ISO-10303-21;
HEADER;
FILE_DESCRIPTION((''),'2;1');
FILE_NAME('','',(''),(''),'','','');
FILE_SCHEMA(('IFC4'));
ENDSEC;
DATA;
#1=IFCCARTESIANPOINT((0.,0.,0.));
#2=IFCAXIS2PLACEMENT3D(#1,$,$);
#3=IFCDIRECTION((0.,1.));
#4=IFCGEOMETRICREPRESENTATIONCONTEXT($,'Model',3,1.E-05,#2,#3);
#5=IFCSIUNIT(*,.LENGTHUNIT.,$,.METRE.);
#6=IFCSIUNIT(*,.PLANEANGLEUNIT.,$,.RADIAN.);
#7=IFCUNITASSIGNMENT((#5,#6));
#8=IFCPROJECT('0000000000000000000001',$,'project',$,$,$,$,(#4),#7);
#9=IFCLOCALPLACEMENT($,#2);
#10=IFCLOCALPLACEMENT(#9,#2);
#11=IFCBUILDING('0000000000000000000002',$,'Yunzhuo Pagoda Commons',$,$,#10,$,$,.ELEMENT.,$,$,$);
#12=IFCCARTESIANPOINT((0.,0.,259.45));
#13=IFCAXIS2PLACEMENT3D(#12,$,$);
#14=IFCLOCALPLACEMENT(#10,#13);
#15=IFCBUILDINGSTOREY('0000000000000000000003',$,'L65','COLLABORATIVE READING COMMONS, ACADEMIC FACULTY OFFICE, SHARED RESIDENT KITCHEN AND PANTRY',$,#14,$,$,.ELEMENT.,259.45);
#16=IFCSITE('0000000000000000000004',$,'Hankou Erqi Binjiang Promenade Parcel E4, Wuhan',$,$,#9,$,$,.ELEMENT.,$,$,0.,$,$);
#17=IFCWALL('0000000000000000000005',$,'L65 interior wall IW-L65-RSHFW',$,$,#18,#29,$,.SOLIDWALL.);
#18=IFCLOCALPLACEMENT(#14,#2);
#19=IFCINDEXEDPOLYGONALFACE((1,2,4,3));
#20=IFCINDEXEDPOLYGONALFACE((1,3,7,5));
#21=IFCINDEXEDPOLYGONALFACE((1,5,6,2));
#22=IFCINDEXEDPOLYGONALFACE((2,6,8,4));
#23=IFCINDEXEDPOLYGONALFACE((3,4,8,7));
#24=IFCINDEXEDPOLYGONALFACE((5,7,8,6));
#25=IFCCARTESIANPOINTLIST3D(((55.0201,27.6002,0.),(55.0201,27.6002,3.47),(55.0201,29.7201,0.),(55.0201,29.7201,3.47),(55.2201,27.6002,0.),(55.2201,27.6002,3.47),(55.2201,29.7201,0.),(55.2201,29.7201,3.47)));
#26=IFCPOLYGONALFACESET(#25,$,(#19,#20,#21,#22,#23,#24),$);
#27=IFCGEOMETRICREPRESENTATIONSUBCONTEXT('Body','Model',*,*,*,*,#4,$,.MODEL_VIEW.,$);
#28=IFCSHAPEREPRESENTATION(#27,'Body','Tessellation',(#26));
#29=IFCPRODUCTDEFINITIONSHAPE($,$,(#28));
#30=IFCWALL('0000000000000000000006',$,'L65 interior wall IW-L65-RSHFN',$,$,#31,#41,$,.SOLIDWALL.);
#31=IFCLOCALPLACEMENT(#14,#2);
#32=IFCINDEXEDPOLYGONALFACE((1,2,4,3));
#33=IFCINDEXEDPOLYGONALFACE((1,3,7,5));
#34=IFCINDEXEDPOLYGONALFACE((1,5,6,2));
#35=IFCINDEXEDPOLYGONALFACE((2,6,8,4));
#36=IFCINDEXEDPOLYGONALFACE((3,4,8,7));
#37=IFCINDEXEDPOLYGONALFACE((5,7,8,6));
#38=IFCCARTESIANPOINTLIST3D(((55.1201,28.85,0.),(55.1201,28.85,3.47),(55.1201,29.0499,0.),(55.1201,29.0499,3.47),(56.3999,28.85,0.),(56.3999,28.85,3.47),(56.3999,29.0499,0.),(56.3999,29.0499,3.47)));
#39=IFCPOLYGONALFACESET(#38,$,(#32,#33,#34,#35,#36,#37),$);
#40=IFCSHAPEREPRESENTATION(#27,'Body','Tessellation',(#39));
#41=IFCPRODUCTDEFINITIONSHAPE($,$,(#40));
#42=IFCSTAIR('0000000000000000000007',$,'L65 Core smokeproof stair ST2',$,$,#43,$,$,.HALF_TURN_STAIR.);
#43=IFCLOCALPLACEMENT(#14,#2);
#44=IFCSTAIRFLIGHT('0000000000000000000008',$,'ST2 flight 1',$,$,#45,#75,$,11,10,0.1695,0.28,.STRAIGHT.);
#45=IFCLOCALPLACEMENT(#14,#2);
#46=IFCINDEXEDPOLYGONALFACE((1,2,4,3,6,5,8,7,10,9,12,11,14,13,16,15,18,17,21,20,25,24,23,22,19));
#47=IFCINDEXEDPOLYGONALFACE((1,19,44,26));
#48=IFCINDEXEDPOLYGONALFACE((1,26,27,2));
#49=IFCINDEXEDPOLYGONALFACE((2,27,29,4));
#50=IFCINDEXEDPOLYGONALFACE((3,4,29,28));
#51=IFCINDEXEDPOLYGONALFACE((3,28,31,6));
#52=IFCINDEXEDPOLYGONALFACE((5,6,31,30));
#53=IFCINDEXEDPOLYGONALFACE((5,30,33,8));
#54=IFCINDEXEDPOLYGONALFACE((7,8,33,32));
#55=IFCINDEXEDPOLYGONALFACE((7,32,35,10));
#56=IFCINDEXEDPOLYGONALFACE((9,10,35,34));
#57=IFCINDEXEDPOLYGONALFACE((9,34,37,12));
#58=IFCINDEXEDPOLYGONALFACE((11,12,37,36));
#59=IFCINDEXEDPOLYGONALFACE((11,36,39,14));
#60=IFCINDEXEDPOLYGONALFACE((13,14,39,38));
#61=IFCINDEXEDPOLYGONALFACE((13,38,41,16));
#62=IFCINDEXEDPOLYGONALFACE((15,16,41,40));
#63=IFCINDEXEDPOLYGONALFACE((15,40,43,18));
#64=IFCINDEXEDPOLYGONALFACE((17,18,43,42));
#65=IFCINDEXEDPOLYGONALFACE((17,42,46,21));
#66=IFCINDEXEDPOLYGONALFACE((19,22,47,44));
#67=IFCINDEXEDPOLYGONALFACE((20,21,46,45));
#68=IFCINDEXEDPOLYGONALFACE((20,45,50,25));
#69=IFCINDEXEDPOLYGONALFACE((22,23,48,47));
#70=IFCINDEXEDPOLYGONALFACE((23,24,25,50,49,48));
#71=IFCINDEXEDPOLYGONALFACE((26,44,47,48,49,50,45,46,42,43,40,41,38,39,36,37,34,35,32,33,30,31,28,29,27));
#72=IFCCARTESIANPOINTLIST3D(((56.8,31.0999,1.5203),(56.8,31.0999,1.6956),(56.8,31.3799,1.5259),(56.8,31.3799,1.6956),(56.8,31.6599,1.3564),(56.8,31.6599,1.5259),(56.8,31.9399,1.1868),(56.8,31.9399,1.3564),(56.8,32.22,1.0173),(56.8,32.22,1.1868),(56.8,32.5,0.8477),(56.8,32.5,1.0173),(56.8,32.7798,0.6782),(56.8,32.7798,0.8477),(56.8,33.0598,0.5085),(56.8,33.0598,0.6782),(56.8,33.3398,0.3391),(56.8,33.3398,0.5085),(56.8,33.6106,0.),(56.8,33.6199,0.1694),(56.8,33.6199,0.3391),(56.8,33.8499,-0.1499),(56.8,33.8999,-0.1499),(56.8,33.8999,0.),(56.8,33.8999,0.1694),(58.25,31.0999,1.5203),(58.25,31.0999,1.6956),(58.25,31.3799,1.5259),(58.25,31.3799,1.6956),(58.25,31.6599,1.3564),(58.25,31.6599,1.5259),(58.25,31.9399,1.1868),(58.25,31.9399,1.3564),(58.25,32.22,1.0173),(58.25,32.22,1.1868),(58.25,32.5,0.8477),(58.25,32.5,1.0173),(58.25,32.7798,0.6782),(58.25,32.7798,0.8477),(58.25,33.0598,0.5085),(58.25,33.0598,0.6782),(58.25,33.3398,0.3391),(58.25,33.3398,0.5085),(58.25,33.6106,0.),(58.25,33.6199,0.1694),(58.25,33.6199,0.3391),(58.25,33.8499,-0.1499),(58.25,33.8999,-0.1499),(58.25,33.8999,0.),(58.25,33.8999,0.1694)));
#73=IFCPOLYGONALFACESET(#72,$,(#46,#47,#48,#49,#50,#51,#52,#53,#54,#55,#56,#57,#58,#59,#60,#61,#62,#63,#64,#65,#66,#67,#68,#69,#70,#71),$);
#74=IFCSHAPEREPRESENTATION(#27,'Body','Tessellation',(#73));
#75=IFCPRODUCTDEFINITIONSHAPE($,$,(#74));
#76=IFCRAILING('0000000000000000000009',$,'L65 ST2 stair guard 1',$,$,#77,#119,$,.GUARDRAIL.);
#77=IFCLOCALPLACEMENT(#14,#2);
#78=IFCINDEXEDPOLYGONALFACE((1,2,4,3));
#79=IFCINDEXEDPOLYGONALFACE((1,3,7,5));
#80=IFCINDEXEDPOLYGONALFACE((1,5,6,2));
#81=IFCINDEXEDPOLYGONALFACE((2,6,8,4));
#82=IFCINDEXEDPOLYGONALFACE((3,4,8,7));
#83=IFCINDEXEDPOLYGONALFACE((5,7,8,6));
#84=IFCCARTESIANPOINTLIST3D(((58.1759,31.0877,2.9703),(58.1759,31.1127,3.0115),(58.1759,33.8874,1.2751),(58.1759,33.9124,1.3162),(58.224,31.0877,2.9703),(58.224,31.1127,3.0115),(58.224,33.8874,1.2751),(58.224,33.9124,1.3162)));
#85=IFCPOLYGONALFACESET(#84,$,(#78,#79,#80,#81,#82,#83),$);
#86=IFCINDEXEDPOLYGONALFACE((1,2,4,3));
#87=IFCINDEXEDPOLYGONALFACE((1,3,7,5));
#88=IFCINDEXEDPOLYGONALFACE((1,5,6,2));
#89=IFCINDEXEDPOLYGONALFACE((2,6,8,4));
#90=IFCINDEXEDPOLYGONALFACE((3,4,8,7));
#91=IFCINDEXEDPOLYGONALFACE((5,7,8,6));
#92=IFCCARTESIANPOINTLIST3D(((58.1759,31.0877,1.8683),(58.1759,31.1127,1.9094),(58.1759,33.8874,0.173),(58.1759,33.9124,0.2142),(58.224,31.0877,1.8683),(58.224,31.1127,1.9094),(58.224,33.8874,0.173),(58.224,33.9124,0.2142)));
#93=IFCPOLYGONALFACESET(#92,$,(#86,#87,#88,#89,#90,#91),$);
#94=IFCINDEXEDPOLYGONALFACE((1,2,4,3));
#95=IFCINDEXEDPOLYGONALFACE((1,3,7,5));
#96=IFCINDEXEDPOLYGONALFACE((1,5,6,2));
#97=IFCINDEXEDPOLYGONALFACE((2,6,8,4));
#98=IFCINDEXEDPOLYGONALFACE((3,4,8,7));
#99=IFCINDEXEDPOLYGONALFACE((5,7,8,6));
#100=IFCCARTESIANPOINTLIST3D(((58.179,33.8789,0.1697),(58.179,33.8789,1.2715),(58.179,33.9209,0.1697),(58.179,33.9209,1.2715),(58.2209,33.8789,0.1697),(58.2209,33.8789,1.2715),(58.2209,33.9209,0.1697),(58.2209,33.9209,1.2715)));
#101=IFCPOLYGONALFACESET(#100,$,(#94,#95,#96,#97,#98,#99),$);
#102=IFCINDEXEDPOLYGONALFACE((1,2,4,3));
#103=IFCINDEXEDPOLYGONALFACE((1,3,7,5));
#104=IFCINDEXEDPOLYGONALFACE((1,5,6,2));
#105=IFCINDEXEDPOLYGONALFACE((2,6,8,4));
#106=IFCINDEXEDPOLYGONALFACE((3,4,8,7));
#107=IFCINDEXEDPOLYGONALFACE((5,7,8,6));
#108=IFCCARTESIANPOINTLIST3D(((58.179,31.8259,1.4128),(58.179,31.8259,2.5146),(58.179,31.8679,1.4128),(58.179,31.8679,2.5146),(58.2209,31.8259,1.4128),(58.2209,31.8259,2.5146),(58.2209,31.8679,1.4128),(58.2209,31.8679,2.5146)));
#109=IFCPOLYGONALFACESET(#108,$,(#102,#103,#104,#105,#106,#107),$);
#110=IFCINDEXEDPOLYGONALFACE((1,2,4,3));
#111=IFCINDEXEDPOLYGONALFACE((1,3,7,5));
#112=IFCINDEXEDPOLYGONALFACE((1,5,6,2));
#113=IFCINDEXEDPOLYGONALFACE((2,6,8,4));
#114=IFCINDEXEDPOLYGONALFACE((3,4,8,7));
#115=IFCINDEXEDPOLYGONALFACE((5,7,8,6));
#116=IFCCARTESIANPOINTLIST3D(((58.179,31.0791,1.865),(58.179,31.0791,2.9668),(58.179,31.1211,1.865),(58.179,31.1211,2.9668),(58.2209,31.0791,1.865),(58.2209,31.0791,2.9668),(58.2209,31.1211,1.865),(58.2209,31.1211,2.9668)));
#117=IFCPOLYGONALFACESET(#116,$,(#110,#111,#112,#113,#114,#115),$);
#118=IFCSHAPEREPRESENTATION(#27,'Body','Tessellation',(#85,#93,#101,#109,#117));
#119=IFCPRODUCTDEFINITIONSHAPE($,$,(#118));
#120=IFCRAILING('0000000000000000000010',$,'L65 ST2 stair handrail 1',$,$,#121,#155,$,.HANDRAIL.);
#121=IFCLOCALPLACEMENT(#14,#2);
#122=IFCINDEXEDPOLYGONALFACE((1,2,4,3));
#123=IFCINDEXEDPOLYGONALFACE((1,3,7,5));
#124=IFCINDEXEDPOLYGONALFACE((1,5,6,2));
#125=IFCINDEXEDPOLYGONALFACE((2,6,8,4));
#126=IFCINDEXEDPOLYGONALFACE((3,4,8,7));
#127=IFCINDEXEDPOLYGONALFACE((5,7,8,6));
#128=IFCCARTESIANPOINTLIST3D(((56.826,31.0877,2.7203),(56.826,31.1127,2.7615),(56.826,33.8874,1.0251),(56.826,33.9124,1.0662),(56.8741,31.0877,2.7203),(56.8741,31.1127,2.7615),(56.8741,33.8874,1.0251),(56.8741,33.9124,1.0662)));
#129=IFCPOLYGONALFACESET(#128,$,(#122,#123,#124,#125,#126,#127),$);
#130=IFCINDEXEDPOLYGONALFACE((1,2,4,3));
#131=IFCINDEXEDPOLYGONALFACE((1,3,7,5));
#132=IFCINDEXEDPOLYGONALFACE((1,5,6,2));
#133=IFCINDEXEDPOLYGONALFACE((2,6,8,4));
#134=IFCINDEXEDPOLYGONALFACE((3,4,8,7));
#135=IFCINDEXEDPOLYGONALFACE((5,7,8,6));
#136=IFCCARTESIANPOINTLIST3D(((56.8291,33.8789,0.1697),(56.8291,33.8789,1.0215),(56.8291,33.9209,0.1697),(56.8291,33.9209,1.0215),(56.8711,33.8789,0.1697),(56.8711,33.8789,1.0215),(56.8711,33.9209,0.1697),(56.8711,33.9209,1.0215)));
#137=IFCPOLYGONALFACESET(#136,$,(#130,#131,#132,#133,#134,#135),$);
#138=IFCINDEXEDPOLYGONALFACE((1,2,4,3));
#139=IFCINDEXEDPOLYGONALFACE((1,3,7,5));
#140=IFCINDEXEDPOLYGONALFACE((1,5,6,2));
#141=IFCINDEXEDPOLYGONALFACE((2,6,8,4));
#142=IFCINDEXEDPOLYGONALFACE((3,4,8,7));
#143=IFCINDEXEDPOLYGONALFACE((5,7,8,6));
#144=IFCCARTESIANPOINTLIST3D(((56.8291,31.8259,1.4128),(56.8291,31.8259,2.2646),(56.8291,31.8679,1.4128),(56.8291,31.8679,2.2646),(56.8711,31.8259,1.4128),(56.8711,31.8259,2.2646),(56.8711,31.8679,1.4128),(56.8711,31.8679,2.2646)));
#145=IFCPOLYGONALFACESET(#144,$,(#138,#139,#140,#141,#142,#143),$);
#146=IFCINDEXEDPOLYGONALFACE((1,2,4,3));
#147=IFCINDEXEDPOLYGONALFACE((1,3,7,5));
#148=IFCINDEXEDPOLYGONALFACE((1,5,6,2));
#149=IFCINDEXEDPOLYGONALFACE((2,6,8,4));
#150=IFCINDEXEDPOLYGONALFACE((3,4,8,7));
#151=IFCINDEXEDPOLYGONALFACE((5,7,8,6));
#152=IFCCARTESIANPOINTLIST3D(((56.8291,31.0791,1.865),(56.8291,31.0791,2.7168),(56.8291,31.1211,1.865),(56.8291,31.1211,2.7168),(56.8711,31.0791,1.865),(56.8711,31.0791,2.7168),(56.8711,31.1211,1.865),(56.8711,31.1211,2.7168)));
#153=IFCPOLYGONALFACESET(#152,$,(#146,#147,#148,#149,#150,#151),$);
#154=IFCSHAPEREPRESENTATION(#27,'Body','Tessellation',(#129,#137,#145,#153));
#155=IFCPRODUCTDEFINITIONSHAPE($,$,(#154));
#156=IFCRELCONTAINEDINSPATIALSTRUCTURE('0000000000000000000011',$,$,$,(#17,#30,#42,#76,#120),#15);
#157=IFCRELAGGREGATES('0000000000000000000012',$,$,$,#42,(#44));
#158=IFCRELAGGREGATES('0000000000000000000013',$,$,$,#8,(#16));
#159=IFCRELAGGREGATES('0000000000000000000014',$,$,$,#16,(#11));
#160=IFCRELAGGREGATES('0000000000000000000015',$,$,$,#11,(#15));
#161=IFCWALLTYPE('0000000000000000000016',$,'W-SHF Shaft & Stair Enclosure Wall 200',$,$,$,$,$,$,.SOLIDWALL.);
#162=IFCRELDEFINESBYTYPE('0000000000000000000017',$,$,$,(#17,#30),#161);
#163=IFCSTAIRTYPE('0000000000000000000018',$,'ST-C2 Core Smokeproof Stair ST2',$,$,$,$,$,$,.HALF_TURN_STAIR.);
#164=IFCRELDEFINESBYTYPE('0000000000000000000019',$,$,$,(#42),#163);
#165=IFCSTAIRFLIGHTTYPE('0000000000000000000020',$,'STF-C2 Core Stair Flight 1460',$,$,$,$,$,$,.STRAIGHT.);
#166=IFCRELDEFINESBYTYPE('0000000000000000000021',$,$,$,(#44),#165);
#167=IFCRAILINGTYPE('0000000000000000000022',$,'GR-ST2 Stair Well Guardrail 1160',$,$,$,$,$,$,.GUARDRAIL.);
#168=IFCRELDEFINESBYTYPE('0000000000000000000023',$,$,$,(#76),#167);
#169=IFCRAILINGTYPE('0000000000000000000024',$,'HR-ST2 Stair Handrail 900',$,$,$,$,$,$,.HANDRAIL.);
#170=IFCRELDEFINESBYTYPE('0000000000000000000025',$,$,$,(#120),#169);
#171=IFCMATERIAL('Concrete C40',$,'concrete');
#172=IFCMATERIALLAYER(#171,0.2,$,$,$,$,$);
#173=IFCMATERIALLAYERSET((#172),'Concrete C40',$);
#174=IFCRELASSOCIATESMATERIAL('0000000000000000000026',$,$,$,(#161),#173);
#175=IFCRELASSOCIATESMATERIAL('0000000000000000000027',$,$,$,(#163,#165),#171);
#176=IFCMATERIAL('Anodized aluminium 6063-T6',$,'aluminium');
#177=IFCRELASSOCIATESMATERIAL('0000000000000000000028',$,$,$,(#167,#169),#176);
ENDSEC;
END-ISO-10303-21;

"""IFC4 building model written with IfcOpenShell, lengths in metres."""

from ifc_helpers import new_model, si_unit, direction, frame, frame_2d, origin, origin_2d, place, context, subcontext, project, spatial, polyline, rectangle, outline, extrude, source, transform, mapped, material, layer, layer_set, type_object, element, aggregate, save


model = new_model("IFC4")

# Units and contexts
model_context = context("Model", 3, precision=1e-05, world=origin(), true_north=direction((0.0, 1.0)))
body_context = subcontext(model_context, "Body", "Model", "MODEL_VIEW")
ifc_project = project(units=[si_unit("LENGTHUNIT", "METRE"), si_unit("PLANEANGLEUNIT", "RADIAN")], contexts=[model_context])

# Site, building, storey
site_placement = place(None, origin())
site = spatial("IfcSite", under=ifc_project, at=site_placement, Name="Hankou Erqi Binjiang Promenade Parcel E4, Wuhan", CompositionType="ELEMENT", RefElevation=0.0)
building_placement = place(site_placement, origin())
building = spatial("IfcBuilding", under=site, at=building_placement, Name="Yunzhuo Pagoda Commons", CompositionType="ELEMENT")
storey_placement = place(building_placement, frame((0.0, 0.0, 259.45)))
storey = spatial("IfcBuildingStorey", under=building, at=storey_placement, Name="L65", Description="COLLABORATIVE READING COMMONS, ACADEMIC FACULTY OFFICE, SHARED RESIDENT KITCHEN AND PANTRY", CompositionType="ELEMENT", Elevation=259.45)

# Shared definitions
ifc_material_1 = material(Name="Concrete C40", Category="concrete")
ifc_layer_1 = layer(ifc_material_1, 0.2)
ifc_layer_set_1 = layer_set([ifc_layer_1], Name="Concrete C40")
wall_type_1 = type_object("IfcWallType", Name="W-SHF Shaft & Stair Enclosure Wall 200", PredefinedType="SOLIDWALL", material=ifc_layer_set_1)

# Walls
for number, where, z_axis, x_axis, name in (
    (1, (55.1201, 27.6001, 0.0), (0.0, 0.0, 1.0), (0.0, 1.0, 0.0), "L65 interior wall IW-L65-RSHFW"),
):
    element("IfcWall", number, at=place(storey_placement, frame(where, z_axis=z_axis, x_axis=x_axis)), inside=storey, type_object=wall_type_1, Name=name, PredefinedType="SOLIDWALL", context=body_context, shape_type="SweptSolid", body=[
        extrude(rectangle(XDim=2.1199, YDim=0.2, at=frame_2d((1.0601, 0.0))), origin(), (0.0, 0.0, 1.0), 3.47),
    ])
wall_1_placement = place(storey_placement, frame((55.1201, 28.95, 0.0), z_axis=(0.0, 0.0, 1.0), x_axis=(1.0, 0.0, 0.0)))
element("IfcWall", 2, at=wall_1_placement, inside=storey, type_object=wall_type_1, Name="L65 interior wall IW-L65-RSHFN", PredefinedType="SOLIDWALL", context=body_context, shape_type="SweptSolid", body=[
    extrude(rectangle(XDim=1.2798, YDim=0.2, at=frame_2d((0.6399, 0.0))), origin(), (0.0, 0.0, 1.0), 3.47),
])

# Stair, stair flight
stair_type = type_object("IfcStairType", Name="ST-C2 Core Smokeproof Stair ST2", PredefinedType="HALF_TURN_STAIR", material=ifc_material_1)
stair_placement = place(storey_placement, origin())
stair = element("IfcStair", 3, at=stair_placement, inside=storey, type_object=stair_type, Name="L65 Core smokeproof stair ST2", PredefinedType="HALF_TURN_STAIR")
stair_flight_type = type_object("IfcStairFlightType", Name="STF-C2 Core Stair Flight 1460", PredefinedType="STRAIGHT", material=ifc_material_1)
shared_shape_1 = source(origin(), body_context, "Body", "SweptSolid", [
    extrude(outline(polyline([(0.0, -0.1499), (0.0, 0.0), (0.0, 0.1694), (0.28, 0.1694), (0.28, 0.3391), (0.5601, 0.3391), (0.5601, 0.5085), (0.8401, 0.5085), (0.8401, 0.6782), (1.1201, 0.6782), (1.1201, 0.8477), (1.3999, 0.8477), (1.3999, 1.0173), (1.6799, 1.0173), (1.6799, 1.1868), (1.96, 1.1868), (1.96, 1.3564), (2.24, 1.3564), (2.24, 1.5259), (2.52, 1.5259), (2.52, 1.6956), (2.8, 1.6956), (2.8, 1.865), (2.8, 1.5203), (0.2893, 0.0), (0.05, -0.1499), (0.0, -0.1499)])), frame((0.0, 0.7251, 0.0), z_axis=(0.0, -1.0, 0.0), x_axis=(1.0, 0.0, 0.0)), (0.0, 0.0, 1.0), 1.45),
])
stair_flight_placement = place(storey_placement, frame((57.5249, 33.8999, 0.0), z_axis=(0.0, 0.0, 1.0), x_axis=(0.0, -1.0, 0.0)))
stair_flight = element("IfcStairFlight", 4, at=stair_flight_placement, type_object=stair_flight_type, Name="ST2 flight 1", NumberOfRisers=11, NumberOfTreads=10, PredefinedType="STRAIGHT", RiserHeight=0.1695, TreadLength=0.28, context=body_context, shape_type="MappedRepresentation", body=[
    mapped(shared_shape_1, transform((0.0, 0.0, 0.0), scale=1.0)),
])
aggregate(stair, [stair_flight])

# Railings
ifc_material_2 = material(Name="Anodized aluminium 6063-T6", Category="aluminium")
railing_type_1 = type_object("IfcRailingType", Name="GR-ST2 Stair Well Guardrail 1160", PredefinedType="GUARDRAIL", material=ifc_material_2)
railing_1_placement = place(storey_placement, frame((58.2, 33.8999, 0.1697)))
element("IfcRailing", 5, at=railing_1_placement, inside=storey, type_object=railing_type_1, Name="L65 ST2 stair guard 1", PredefinedType="GUARDRAIL", context=body_context, shape_type="SweptSolid", body=[
    extrude(rectangle(XDim=0.0481, YDim=0.0481, at=origin_2d()), frame((0.0, 0.0, 1.126), z_axis=(0.0, -0.855406, 0.517958), x_axis=(1.0, 0.0, 0.0)), (0.0, 0.0, 1.0), 3.2729),
    extrude(rectangle(XDim=0.0481, YDim=0.0481, at=origin_2d()), frame((0.0, 0.0, 0.0239), z_axis=(0.0, -0.855406, 0.517958), x_axis=(1.0, 0.0, 0.0)), (0.0, 0.0, 1.0), 3.2729),
    extrude(rectangle(XDim=0.042, YDim=0.042, at=origin_2d()), origin(), (0.0, 0.0, 1.0), 1.1018),
    extrude(rectangle(XDim=0.042, YDim=0.042, at=origin_2d()), frame((0.0, -2.053, 1.2432)), (0.0, 0.0, 1.0), 1.1018),
    extrude(rectangle(XDim=0.042, YDim=0.042, at=origin_2d()), frame((0.0, -2.7998, 1.6953)), (0.0, 0.0, 1.0), 1.1018),
])
railing_type_2 = type_object("IfcRailingType", Name="HR-ST2 Stair Handrail 900", PredefinedType="HANDRAIL", material=ifc_material_2)
railing_2_placement = place(storey_placement, frame((56.8501, 33.8999, 0.1697)))
element("IfcRailing", 6, at=railing_2_placement, inside=storey, type_object=railing_type_2, Name="L65 ST2 stair handrail 1", PredefinedType="HANDRAIL", context=body_context, shape_type="SweptSolid", body=[
    extrude(rectangle(XDim=0.0481, YDim=0.0481, at=origin_2d()), frame((0.0, 0.0, 0.876), z_axis=(0.0, -0.855406, 0.517958), x_axis=(1.0, 0.0, 0.0)), (0.0, 0.0, 1.0), 3.2729),
    extrude(rectangle(XDim=0.042, YDim=0.042, at=origin_2d()), origin(), (0.0, 0.0, 1.0), 0.8518),
    extrude(rectangle(XDim=0.042, YDim=0.042, at=origin_2d()), frame((0.0, -2.053, 1.2432)), (0.0, 0.0, 1.0), 0.8518),
    extrude(rectangle(XDim=0.042, YDim=0.042, at=origin_2d()), frame((0.0, -2.7998, 1.6953)), (0.0, 0.0, 1.0), 0.8518),
])

save(model, "model.ifc")
